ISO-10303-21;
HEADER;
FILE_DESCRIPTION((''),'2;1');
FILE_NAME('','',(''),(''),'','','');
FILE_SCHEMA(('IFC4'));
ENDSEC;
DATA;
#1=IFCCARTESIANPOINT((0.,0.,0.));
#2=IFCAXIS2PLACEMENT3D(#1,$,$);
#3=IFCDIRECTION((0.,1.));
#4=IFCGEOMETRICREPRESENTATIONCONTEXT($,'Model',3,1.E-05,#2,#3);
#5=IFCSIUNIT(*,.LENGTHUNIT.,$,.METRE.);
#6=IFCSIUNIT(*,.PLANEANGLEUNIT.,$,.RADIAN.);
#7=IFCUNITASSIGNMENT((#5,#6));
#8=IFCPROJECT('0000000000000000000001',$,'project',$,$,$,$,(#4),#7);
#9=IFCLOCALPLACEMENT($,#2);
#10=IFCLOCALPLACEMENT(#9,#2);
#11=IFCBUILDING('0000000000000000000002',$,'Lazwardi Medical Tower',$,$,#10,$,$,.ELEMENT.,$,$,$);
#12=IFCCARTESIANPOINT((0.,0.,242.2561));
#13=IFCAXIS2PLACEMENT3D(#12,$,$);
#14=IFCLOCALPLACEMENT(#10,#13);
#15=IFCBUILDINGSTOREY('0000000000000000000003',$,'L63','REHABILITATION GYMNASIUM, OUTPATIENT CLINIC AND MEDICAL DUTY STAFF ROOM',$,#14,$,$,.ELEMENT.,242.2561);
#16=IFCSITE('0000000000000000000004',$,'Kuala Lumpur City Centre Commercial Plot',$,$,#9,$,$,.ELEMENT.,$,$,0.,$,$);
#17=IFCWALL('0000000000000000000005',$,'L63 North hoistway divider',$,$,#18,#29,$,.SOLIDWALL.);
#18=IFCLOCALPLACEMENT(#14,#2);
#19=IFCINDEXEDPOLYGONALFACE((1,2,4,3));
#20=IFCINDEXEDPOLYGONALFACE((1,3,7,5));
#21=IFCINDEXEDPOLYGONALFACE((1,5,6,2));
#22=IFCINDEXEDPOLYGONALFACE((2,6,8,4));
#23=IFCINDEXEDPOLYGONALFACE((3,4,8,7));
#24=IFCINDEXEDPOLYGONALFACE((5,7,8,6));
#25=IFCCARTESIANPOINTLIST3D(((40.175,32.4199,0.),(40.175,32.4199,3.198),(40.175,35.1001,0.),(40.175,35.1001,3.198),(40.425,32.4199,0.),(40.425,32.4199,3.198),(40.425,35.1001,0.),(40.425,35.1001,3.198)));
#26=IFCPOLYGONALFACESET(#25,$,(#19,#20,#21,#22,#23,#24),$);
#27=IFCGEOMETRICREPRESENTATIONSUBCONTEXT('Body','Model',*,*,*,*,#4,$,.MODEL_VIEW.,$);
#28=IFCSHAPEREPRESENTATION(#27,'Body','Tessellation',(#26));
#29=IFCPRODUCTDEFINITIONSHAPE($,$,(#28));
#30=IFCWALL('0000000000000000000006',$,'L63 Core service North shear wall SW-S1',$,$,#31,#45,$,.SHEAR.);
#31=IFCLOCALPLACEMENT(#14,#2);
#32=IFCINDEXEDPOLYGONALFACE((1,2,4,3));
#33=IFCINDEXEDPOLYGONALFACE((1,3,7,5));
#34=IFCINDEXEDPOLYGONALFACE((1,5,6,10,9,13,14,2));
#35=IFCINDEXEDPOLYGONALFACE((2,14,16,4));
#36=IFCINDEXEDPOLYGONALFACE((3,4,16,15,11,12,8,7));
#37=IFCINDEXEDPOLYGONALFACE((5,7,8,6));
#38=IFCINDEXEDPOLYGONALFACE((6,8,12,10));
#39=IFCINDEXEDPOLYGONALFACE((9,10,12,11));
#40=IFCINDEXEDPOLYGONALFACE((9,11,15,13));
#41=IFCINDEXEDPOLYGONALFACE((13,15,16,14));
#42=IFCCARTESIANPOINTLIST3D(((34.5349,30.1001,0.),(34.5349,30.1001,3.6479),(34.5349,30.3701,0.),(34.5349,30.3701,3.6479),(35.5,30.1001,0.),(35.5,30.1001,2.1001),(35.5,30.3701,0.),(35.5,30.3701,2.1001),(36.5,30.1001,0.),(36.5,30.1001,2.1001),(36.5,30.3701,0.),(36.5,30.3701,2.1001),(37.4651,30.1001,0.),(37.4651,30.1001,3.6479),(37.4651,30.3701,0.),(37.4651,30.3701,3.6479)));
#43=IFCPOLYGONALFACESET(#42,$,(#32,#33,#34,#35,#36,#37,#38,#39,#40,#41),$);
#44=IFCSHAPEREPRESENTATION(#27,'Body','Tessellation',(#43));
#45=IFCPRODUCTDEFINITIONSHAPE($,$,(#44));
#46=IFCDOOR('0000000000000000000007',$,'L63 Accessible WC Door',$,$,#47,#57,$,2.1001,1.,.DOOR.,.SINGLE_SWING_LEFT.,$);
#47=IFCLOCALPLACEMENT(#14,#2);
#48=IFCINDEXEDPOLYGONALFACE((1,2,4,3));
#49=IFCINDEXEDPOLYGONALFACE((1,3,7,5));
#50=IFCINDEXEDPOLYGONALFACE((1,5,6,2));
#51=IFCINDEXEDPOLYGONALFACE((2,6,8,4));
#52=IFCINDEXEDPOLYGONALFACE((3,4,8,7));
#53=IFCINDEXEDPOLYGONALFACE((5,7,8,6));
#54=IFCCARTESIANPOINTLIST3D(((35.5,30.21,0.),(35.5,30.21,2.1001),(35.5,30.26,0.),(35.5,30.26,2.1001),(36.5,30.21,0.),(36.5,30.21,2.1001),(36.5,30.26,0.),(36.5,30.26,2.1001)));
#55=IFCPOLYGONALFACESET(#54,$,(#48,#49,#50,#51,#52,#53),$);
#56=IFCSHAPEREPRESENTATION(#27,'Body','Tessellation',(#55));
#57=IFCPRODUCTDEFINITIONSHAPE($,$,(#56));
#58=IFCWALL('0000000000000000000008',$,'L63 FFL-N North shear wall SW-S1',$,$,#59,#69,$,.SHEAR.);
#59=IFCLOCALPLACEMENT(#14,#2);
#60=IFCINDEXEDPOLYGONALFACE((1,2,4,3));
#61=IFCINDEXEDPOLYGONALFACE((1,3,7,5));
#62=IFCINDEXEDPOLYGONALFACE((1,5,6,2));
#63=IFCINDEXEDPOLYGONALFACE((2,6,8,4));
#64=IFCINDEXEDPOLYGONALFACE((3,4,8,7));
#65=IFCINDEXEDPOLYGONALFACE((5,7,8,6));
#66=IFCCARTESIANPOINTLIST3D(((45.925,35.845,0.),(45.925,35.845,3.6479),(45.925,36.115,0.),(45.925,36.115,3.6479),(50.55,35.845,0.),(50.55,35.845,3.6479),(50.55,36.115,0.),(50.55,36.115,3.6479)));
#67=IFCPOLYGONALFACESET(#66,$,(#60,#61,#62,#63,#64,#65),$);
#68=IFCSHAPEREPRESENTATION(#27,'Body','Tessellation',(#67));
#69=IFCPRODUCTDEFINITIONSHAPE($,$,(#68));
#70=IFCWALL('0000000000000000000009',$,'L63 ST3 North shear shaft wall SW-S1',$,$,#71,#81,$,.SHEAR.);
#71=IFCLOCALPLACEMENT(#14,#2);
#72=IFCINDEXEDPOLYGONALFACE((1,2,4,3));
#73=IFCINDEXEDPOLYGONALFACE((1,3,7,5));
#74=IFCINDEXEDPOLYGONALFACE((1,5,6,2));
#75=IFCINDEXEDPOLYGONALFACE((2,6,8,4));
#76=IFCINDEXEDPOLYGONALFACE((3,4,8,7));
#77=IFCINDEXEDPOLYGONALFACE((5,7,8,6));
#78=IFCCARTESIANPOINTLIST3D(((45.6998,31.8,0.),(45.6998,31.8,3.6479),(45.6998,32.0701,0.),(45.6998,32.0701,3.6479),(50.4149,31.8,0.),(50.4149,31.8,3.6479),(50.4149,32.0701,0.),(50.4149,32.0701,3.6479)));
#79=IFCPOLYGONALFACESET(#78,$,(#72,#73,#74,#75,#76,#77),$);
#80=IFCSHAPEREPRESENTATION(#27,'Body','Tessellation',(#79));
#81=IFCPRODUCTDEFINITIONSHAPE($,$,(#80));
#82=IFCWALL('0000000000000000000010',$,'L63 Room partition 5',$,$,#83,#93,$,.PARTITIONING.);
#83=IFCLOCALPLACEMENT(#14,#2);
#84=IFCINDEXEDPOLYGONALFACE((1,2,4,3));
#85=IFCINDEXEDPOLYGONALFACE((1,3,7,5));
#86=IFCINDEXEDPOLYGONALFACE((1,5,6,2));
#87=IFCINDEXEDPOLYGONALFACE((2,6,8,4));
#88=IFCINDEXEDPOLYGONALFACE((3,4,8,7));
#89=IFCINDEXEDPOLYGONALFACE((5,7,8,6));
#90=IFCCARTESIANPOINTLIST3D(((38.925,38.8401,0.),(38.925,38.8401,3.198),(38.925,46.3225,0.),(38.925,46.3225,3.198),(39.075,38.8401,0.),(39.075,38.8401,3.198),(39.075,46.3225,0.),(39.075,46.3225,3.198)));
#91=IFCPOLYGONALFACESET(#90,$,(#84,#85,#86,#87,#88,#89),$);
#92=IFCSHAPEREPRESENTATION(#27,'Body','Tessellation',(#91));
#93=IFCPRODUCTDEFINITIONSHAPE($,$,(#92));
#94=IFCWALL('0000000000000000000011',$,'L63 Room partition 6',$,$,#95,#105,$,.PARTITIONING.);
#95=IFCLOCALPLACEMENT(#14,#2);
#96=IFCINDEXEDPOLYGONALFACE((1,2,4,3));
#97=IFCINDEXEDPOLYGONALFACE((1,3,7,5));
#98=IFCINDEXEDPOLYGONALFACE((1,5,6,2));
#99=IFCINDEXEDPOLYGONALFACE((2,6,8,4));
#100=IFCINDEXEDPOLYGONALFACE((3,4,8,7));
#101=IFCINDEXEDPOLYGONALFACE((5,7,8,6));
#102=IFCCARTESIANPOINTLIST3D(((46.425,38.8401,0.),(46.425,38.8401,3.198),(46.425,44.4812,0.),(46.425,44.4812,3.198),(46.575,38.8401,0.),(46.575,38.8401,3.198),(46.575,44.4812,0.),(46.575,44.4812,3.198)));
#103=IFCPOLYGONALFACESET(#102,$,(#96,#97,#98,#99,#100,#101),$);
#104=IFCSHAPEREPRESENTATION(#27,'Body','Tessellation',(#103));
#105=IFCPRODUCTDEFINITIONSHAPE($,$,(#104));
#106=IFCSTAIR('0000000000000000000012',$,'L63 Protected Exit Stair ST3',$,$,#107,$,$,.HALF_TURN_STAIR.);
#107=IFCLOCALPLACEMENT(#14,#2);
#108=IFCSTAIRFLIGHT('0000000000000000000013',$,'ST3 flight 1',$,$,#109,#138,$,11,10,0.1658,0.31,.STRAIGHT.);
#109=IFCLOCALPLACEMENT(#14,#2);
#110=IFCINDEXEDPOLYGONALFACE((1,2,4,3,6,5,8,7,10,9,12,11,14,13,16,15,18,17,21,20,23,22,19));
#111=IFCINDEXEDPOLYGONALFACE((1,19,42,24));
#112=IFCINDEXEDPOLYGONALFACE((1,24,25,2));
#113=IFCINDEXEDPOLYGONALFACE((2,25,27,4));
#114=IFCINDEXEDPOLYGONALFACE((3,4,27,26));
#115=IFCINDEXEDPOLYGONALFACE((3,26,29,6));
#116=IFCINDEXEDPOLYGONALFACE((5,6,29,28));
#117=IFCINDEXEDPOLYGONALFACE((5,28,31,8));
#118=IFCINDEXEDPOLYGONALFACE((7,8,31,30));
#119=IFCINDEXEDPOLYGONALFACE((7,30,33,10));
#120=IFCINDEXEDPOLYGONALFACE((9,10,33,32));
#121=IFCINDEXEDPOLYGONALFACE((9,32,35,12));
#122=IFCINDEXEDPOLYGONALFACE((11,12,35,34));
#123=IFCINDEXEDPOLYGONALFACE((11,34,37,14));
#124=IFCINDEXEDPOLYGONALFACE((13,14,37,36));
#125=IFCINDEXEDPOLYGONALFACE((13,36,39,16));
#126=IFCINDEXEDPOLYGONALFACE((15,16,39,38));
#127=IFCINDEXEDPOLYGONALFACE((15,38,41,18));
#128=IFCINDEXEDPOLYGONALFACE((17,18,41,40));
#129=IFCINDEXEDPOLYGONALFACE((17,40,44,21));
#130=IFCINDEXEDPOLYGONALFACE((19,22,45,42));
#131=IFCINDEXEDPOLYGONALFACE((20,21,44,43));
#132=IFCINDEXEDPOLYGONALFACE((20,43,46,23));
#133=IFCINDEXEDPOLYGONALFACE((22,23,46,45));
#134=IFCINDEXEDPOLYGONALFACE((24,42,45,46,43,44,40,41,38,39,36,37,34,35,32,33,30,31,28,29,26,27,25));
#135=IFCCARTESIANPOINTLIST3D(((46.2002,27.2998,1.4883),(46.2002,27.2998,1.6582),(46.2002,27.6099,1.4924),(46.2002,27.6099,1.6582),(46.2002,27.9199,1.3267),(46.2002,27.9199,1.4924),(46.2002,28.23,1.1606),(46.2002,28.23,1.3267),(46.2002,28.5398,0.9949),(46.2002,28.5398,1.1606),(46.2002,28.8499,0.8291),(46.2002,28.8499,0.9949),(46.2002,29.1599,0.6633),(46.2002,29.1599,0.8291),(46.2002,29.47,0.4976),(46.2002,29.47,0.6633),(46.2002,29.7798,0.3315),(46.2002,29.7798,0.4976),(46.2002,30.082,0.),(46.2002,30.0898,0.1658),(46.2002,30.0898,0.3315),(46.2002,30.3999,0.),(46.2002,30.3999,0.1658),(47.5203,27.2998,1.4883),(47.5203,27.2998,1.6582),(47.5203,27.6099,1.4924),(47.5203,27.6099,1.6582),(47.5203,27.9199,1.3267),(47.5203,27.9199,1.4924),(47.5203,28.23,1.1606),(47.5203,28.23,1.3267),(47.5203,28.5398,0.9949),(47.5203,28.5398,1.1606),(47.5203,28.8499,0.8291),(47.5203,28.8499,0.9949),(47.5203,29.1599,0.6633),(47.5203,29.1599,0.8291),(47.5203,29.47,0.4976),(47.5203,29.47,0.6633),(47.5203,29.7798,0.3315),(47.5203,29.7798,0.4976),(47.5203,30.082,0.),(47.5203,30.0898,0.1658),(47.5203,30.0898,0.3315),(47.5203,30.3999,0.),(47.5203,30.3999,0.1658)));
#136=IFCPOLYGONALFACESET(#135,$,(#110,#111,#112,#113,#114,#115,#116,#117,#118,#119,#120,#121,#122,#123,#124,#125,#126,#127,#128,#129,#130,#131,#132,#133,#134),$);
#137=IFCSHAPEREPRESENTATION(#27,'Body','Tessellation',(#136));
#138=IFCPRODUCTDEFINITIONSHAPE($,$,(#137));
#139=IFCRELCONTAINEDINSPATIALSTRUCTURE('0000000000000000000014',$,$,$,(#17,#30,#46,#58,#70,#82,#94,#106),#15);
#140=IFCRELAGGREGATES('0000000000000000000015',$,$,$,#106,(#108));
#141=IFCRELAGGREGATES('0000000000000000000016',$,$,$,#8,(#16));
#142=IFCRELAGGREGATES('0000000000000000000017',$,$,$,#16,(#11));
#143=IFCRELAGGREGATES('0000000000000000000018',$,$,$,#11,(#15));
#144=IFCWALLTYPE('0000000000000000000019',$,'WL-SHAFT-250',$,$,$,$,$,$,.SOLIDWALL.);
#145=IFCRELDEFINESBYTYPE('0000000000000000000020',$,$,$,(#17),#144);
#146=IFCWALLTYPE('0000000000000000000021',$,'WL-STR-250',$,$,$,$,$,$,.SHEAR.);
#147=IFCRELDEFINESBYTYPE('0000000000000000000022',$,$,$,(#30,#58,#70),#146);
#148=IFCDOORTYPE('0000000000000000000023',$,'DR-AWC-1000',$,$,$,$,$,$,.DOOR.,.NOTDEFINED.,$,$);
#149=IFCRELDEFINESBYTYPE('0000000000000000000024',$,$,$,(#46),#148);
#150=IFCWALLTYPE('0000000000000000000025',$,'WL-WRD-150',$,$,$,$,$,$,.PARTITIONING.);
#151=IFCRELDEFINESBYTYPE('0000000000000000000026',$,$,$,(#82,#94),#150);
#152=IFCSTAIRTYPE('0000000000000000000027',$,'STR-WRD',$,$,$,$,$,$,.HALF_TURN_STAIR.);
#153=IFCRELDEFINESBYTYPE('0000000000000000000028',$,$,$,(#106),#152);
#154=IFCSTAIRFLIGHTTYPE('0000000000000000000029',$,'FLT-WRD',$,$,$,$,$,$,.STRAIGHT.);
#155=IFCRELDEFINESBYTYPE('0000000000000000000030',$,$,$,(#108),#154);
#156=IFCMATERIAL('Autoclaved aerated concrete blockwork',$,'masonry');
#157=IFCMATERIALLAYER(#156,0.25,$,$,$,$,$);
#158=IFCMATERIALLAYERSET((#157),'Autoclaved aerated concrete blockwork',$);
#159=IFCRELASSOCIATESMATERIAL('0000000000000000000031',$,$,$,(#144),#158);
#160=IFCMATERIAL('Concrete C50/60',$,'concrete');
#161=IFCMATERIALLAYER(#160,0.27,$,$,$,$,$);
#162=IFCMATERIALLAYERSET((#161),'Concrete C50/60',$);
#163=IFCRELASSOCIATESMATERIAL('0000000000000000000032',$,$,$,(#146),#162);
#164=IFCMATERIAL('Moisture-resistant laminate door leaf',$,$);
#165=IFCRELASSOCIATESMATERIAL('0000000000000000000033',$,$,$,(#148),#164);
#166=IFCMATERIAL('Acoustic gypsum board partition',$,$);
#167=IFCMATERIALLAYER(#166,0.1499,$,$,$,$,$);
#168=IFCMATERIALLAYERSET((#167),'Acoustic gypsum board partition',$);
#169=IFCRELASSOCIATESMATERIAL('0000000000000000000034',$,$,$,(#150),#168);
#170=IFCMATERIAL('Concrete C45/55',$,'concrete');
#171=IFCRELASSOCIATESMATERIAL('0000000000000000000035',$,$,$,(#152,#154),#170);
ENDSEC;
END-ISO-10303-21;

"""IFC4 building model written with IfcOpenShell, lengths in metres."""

from ifc_helpers import new_model, si_unit, direction, frame, frame_2d, origin, place, context, subcontext, project, spatial, polyline, rectangle, outline, extrude, material, layer, layer_set, type_object, element, fill, aggregate, save


model = new_model("IFC4")

# Units and contexts
model_context = context("Model", 3, precision=1e-05, world=origin(), true_north=direction((0.0, 1.0)))
body_context = subcontext(model_context, "Body", "Model", "MODEL_VIEW")
ifc_project = project(units=[si_unit("LENGTHUNIT", "METRE"), si_unit("PLANEANGLEUNIT", "RADIAN")], contexts=[model_context])

# Site, building, storey
site_placement = place(None, origin())
site = spatial("IfcSite", under=ifc_project, at=site_placement, Name="Kuala Lumpur City Centre Commercial Plot", CompositionType="ELEMENT", RefElevation=0.0)
building_placement = place(site_placement, origin())
building = spatial("IfcBuilding", under=site, at=building_placement, Name="Lazwardi Medical Tower", CompositionType="ELEMENT")
storey_placement = place(building_placement, frame((0.0, 0.0, 242.2561)))
storey = spatial("IfcBuildingStorey", under=building, at=storey_placement, Name="L63", Description="REHABILITATION GYMNASIUM, OUTPATIENT CLINIC AND MEDICAL DUTY STAFF ROOM", CompositionType="ELEMENT", Elevation=242.2561)

# Wall
ifc_material_1 = material(Name="Autoclaved aerated concrete blockwork", Category="masonry")
ifc_layer_1 = layer(ifc_material_1, 0.25)
ifc_layer_set_1 = layer_set([ifc_layer_1], Name="Autoclaved aerated concrete blockwork")
wall_type_1 = type_object("IfcWallType", Name="WL-SHAFT-250", PredefinedType="SOLIDWALL", material=ifc_layer_set_1)
for number, where, z_axis, x_axis, name in (
    (1, (40.3, 32.4199, 0.0), (0.0, 0.0, 1.0), (0.0, 1.0, 0.0), "L63 North hoistway divider"),
):
    element("IfcWall", number, at=place(storey_placement, frame(where, z_axis=z_axis, x_axis=x_axis)), inside=storey, type_object=wall_type_1, Name=name, PredefinedType="SOLIDWALL", context=body_context, shape_type="SweptSolid", body=[
        extrude(rectangle(XDim=2.6802, YDim=0.25, at=frame_2d((1.3401, 0.0))), origin(), (0.0, 0.0, 1.0), 3.198),
    ])

# Wall, opening, door
ifc_material_2 = material(Name="Concrete C50/60", Category="concrete")
ifc_layer_2 = layer(ifc_material_2, 0.27)
ifc_layer_set_2 = layer_set([ifc_layer_2], Name="Concrete C50/60")
wall_type_2 = type_object("IfcWallType", Name="WL-STR-250", PredefinedType="SHEAR", material=ifc_layer_set_2)
wall_1_placement = place(storey_placement, frame((34.5349, 30.2351, 0.0), z_axis=(0.0, 0.0, 1.0), x_axis=(1.0, 0.0, 0.0)))
wall_1 = element("IfcWall", 2, at=wall_1_placement, inside=storey, type_object=wall_type_2, Name="L63 Core service North shear wall SW-S1", PredefinedType="SHEAR", context=body_context, shape_type="SweptSolid", body=[
    extrude(rectangle(XDim=2.9302, YDim=0.27, at=frame_2d((1.4651, 0.0))), origin(), (0.0, 0.0, 1.0), 3.6479),
])
opening_1_placement = place(wall_1_placement, frame((0.9651, 0.0, 0.0)))
opening_1 = element("IfcOpeningElement", 3, at=opening_1_placement, cuts=wall_1, PredefinedType="OPENING", context=body_context, shape_type="SweptSolid", body=[
    extrude(rectangle(XDim=1.0, YDim=2.1001, at=frame_2d((0.5, 1.05))), frame((0.0, 0.145, 0.0), z_axis=(0.0, -1.0, 0.0), x_axis=(1.0, 0.0, 0.0)), (0.0, 0.0, 1.0), 0.29),
])
ifc_material_3 = material(Name="Moisture-resistant laminate door leaf")
door_type_1 = type_object("IfcDoorType", Name="DR-AWC-1000", OperationType="NOTDEFINED", PredefinedType="DOOR", material=ifc_material_3)
door_1_placement = place(opening_1_placement, origin())
door_1 = element("IfcDoor", 4, at=door_1_placement, inside=storey, type_object=door_type_1, Name="L63 Accessible WC Door", OperationType="SINGLE_SWING_LEFT", OverallHeight=2.1001, OverallWidth=1.0, PredefinedType="DOOR", context=body_context, shape_type="SweptSolid", body=[
    extrude(rectangle(XDim=1.0, YDim=2.1001, at=frame_2d((0.5, 1.05))), frame((0.0, 0.0249, 0.0), z_axis=(0.0, -1.0, 0.0), x_axis=(1.0, 0.0, 0.0)), (0.0, 0.0, 1.0), 0.05),
])
fill(opening_1, door_1)

# Walls
wall_2_placement = place(storey_placement, frame((45.925, 35.98, 0.0), z_axis=(0.0, 0.0, 1.0), x_axis=(1.0, 0.0, 0.0)))
element("IfcWall", 5, at=wall_2_placement, inside=storey, type_object=wall_type_2, Name="L63 FFL-N North shear wall SW-S1", PredefinedType="SHEAR", context=body_context, shape_type="SweptSolid", body=[
    extrude(rectangle(XDim=4.625, YDim=0.27, at=frame_2d((2.3125, 0.0))), origin(), (0.0, 0.0, 1.0), 3.6479),
])
wall_3_placement = place(storey_placement, frame((45.7, 31.9351, 0.0), z_axis=(0.0, 0.0, 1.0), x_axis=(1.0, 0.0, 0.0)))
element("IfcWall", 6, at=wall_3_placement, inside=storey, type_object=wall_type_2, Name="L63 ST3 North shear shaft wall SW-S1", PredefinedType="SHEAR", context=body_context, shape_type="SweptSolid", body=[
    extrude(rectangle(XDim=4.7151, YDim=0.27, at=frame_2d((2.3574, 0.0))), origin(), (0.0, 0.0, 1.0), 3.6479),
])
ifc_material_4 = material(Name="Acoustic gypsum board partition")
ifc_layer_3 = layer(ifc_material_4, 0.1499)
ifc_layer_set_3 = layer_set([ifc_layer_3], Name="Acoustic gypsum board partition")
wall_type_3 = type_object("IfcWallType", Name="WL-WRD-150", PredefinedType="PARTITIONING", material=ifc_layer_set_3)
wall_4_placement = place(storey_placement, frame((39.0, 38.8401, 0.0), z_axis=(0.0, 0.0, 1.0), x_axis=(0.0, 1.0, 0.0)))
element("IfcWall", 7, at=wall_4_placement, inside=storey, type_object=wall_type_3, Name="L63 Room partition 5", PredefinedType="PARTITIONING", context=body_context, shape_type="SweptSolid", body=[
    extrude(rectangle(XDim=7.4824, YDim=0.1499, at=frame_2d((3.7412, 0.0))), origin(), (0.0, 0.0, 1.0), 3.198),
])
wall_5_placement = place(storey_placement, frame((46.5, 38.8401, 0.0), z_axis=(0.0, 0.0, 1.0), x_axis=(0.0, 1.0, 0.0)))
element("IfcWall", 8, at=wall_5_placement, inside=storey, type_object=wall_type_3, Name="L63 Room partition 6", PredefinedType="PARTITIONING", context=body_context, shape_type="SweptSolid", body=[
    extrude(rectangle(XDim=5.6411, YDim=0.1499, at=frame_2d((2.8206, 0.0))), origin(), (0.0, 0.0, 1.0), 3.198),
])

# Stair, stair flight
ifc_material_5 = material(Name="Concrete C45/55", Category="concrete")
stair_type = type_object("IfcStairType", Name="STR-WRD", PredefinedType="HALF_TURN_STAIR", material=ifc_material_5)
stair_placement = place(storey_placement, origin())
stair = element("IfcStair", 9, at=stair_placement, inside=storey, type_object=stair_type, Name="L63 Protected Exit Stair ST3", PredefinedType="HALF_TURN_STAIR")
stair_flight_type = type_object("IfcStairFlightType", Name="FLT-WRD", PredefinedType="STRAIGHT", material=ifc_material_5)
stair_flight_placement = place(storey_placement, frame((46.8601, 30.3999, 0.0), z_axis=(0.0, 0.0, 1.0), x_axis=(0.0, -1.0, 0.0)))
stair_flight = element("IfcStairFlight", 10, at=stair_flight_placement, type_object=stair_flight_type, Name="ST3 flight 1", NumberOfRisers=11, NumberOfTreads=10, PredefinedType="STRAIGHT", RiserHeight=0.1658, TreadLength=0.31, context=body_context, shape_type="SweptSolid", body=[
    extrude(outline(polyline([(0.0, 0.0), (0.0, 0.1658), (0.3101, 0.1658), (0.3101, 0.3315), (0.6201, 0.3315), (0.6201, 0.4976), (0.9299, 0.4976), (0.9299, 0.6633), (1.24, 0.6633), (1.24, 0.8291), (1.55, 0.8291), (1.55, 0.9949), (1.8601, 0.9949), (1.8601, 1.1606), (2.1699, 1.1606), (2.1699, 1.3267), (2.48, 1.3267), (2.48, 1.4924), (2.79, 1.4924), (2.79, 1.6582), (3.1001, 1.6582), (3.1001, 1.824), (3.1001, 1.4883), (0.3179, 0.0), (0.0, 0.0)])), frame((0.0, 0.6602, 0.0), z_axis=(0.0, -1.0, 0.0), x_axis=(1.0, 0.0, 0.0)), (0.0, 0.0, 1.0), 1.3201),
])
aggregate(stair, [stair_flight])

save(model, "model.ifc")
